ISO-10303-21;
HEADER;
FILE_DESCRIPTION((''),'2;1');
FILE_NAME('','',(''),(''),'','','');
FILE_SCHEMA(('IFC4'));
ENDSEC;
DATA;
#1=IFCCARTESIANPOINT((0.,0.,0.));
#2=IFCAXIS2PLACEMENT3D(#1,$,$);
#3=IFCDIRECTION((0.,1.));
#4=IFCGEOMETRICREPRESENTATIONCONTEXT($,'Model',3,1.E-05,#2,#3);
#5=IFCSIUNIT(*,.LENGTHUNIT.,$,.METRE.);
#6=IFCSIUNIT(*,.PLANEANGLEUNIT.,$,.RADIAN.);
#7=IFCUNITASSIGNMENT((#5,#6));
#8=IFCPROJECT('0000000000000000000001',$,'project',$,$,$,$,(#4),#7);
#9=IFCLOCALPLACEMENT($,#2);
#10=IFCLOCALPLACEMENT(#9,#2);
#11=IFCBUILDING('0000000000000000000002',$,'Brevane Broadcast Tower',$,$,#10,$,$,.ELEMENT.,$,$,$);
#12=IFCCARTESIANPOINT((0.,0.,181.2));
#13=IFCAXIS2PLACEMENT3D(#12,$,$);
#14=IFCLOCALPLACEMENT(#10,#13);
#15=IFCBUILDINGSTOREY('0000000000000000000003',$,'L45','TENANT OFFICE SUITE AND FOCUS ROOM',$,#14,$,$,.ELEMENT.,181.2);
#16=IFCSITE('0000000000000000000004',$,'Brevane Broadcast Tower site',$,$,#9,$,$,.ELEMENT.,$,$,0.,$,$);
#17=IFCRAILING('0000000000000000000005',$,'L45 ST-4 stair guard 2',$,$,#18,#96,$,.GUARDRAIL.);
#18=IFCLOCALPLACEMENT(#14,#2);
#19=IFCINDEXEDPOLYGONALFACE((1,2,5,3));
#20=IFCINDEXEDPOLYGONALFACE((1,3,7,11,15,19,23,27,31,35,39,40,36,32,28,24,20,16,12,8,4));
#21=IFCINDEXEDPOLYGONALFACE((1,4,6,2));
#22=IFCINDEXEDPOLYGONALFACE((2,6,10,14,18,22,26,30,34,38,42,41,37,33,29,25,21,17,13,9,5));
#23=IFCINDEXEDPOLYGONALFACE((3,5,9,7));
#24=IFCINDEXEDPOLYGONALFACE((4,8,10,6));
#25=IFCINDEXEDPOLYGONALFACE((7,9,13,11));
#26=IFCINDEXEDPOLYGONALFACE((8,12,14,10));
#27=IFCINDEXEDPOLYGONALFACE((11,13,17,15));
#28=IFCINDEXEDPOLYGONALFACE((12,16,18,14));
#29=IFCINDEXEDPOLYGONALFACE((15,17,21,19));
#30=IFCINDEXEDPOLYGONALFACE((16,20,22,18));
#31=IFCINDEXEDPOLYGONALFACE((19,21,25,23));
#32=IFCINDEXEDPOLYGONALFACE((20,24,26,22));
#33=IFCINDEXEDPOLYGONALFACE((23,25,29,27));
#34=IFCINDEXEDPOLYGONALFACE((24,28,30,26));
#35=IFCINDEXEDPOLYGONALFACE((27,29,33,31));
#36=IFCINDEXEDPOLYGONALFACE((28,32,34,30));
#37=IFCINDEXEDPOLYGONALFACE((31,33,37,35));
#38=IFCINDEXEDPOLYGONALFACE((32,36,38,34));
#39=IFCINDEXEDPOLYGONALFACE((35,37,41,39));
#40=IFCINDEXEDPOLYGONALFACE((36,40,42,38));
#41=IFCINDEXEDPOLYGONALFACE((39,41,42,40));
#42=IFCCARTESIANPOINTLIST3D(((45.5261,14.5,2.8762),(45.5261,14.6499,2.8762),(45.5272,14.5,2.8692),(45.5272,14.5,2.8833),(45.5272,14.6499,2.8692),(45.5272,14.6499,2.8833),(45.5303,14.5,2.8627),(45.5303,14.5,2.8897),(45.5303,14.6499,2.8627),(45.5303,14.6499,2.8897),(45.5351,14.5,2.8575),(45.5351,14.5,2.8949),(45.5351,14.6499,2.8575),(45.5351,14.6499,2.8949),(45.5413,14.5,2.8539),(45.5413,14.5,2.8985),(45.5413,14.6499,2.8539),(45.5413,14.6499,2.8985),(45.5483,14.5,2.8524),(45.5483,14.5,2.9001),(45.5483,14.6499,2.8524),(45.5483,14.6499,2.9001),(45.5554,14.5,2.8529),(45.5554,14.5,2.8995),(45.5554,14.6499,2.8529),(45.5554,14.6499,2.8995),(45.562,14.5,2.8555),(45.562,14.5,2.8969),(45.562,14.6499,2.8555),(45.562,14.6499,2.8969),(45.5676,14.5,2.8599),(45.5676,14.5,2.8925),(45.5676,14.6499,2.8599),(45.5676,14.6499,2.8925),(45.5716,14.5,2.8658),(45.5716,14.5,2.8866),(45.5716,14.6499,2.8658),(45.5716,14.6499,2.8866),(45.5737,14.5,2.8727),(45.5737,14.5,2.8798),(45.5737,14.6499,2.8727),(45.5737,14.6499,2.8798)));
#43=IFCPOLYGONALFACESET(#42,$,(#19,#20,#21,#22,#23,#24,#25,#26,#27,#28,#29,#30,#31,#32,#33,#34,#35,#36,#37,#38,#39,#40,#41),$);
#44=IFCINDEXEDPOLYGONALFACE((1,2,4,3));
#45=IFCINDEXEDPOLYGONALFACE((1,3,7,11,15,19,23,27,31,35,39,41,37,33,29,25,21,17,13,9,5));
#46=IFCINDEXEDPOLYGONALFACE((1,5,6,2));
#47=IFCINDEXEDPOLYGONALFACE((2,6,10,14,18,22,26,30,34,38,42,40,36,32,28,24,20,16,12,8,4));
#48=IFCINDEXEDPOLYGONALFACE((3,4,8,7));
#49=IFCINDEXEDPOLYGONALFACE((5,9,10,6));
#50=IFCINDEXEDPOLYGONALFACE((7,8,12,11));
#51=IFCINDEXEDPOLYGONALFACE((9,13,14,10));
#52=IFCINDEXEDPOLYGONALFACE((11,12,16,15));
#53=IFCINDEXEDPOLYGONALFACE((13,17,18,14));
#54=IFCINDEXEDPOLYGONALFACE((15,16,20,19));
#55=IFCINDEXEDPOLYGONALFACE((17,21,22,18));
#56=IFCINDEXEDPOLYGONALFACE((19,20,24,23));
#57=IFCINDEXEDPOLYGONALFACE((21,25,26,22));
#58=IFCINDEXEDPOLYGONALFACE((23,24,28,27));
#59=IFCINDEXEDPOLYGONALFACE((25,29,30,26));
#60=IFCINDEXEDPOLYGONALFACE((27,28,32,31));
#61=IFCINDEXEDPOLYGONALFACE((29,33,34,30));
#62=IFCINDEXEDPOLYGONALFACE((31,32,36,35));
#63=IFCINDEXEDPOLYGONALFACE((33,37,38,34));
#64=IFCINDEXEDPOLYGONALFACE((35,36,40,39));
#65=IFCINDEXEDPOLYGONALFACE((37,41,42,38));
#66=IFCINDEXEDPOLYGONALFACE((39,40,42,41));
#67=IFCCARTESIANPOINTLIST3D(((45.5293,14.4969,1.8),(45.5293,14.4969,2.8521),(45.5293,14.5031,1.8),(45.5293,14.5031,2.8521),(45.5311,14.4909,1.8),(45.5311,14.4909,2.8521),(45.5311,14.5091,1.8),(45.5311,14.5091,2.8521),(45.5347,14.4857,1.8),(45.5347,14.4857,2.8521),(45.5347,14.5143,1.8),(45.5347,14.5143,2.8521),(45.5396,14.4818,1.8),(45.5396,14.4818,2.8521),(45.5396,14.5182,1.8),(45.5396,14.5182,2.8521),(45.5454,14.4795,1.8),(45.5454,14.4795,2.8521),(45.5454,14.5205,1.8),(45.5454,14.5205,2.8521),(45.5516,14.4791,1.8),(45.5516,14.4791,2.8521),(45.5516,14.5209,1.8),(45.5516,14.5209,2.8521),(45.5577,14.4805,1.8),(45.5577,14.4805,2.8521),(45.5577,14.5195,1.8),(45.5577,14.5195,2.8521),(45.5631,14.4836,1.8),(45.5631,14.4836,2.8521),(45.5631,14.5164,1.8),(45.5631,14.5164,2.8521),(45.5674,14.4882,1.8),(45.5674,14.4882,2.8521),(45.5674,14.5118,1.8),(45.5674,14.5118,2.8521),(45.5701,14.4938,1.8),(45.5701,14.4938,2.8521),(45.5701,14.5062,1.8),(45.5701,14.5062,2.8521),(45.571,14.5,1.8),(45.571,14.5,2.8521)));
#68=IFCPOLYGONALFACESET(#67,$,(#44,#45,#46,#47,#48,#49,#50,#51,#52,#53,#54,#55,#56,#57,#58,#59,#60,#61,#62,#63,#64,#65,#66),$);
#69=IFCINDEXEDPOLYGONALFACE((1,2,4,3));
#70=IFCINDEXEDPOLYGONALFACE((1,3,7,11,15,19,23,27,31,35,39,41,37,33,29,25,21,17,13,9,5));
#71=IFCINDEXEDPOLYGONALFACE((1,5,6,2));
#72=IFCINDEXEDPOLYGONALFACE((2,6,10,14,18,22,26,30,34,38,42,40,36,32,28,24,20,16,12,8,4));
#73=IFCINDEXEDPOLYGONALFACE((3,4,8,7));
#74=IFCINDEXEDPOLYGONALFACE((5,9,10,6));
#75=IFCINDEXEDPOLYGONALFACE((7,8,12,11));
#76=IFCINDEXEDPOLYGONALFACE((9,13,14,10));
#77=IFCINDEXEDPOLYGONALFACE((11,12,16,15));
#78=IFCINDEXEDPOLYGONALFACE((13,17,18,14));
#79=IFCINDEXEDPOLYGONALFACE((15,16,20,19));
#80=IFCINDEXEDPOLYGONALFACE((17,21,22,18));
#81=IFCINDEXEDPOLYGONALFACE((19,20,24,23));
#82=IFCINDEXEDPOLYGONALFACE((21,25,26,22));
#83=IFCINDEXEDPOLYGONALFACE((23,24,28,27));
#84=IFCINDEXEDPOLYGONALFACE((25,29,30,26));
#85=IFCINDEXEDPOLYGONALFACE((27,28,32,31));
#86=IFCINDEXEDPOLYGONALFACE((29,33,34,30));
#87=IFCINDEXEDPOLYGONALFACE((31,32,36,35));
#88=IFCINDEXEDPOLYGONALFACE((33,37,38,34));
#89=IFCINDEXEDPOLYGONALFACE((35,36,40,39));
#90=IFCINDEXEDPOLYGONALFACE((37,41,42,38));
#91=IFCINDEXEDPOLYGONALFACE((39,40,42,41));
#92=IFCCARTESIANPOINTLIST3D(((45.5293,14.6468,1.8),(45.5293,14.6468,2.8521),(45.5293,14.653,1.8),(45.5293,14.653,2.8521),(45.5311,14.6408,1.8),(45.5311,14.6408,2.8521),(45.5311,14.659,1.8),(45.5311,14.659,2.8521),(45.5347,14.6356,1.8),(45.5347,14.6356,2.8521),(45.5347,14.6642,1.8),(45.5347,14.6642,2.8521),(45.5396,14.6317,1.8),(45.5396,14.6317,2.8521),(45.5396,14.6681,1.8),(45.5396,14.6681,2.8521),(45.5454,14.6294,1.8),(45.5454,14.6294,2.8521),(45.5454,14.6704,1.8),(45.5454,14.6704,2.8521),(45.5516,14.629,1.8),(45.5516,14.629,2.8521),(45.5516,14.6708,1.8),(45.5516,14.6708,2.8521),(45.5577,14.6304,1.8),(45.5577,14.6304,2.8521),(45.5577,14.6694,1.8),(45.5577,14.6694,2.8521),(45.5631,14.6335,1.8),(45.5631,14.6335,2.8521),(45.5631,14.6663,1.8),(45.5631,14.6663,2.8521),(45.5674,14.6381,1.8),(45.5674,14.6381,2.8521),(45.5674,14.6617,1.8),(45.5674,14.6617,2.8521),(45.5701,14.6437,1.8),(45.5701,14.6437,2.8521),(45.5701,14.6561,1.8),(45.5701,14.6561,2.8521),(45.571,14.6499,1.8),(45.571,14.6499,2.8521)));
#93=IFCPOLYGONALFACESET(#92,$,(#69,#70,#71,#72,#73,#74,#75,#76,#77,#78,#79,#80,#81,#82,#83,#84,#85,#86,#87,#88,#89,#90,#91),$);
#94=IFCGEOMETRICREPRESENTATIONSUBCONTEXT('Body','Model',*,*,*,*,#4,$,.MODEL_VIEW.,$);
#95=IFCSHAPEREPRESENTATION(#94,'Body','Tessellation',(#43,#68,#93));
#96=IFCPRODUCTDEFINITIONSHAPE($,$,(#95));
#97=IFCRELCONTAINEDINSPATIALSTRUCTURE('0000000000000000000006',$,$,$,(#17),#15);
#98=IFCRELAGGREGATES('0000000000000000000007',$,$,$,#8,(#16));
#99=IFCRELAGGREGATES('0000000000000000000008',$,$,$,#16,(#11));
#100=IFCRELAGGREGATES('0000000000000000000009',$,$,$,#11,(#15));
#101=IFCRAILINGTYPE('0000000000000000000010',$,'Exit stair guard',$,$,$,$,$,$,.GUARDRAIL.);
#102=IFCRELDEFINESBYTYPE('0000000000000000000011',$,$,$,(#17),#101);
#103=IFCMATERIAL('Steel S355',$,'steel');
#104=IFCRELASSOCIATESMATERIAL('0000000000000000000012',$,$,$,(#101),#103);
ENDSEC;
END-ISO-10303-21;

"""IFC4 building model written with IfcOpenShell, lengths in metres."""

from ifc_helpers import new_model, si_unit, direction, frame, origin, origin_2d, place, context, subcontext, project, spatial, circle, extrude, material, type_object, element, save


model = new_model("IFC4")

# Units and contexts
model_context = context("Model", 3, precision=1e-05, world=origin(), true_north=direction((0.0, 1.0)))
body_context = subcontext(model_context, "Body", "Model", "MODEL_VIEW")
ifc_project = project(units=[si_unit("LENGTHUNIT", "METRE"), si_unit("PLANEANGLEUNIT", "RADIAN")], contexts=[model_context])

# Site, building, storey
site_placement = place(None, origin())
site = spatial("IfcSite", under=ifc_project, at=site_placement, Name="Brevane Broadcast Tower site", CompositionType="ELEMENT", RefElevation=0.0)
building_placement = place(site_placement, origin())
building = spatial("IfcBuilding", under=site, at=building_placement, Name="Brevane Broadcast Tower", CompositionType="ELEMENT")
storey_placement = place(building_placement, frame((0.0, 0.0, 181.2)))
storey = spatial("IfcBuildingStorey", under=building, at=storey_placement, Name="L45", Description="TENANT OFFICE SUITE AND FOCUS ROOM", CompositionType="ELEMENT", Elevation=181.2)

# Railing
ifc_material_1 = material(Name="Steel S355", Category="steel")
railing_type_1 = type_object("IfcRailingType", Name="Exit stair guard", PredefinedType="GUARDRAIL", material=ifc_material_1)
railing_1_placement = place(storey_placement, frame((45.55, 14.5, 1.8)))
element("IfcRailing", 1, at=railing_1_placement, inside=storey, type_object=railing_type_1, Name="L45 ST-4 stair guard 2", PredefinedType="GUARDRAIL", context=body_context, shape_type="SweptSolid", body=[
    extrude(circle(Radius=0.0239, at=origin_2d()), frame((0.0, 0.0, 1.0762), z_axis=(0.0, 1.0, 0.0), x_axis=(-1.0, 0.0, 0.0)), (0.0, 0.0, 1.0), 0.1499),
    extrude(circle(Radius=0.021, at=origin_2d()), origin(), (0.0, 0.0, 1.0), 1.052),
    extrude(circle(Radius=0.021, at=origin_2d()), frame((0.0, 0.1499, 0.0)), (0.0, 0.0, 1.0), 1.052),
])

save(model, "model.ifc")
